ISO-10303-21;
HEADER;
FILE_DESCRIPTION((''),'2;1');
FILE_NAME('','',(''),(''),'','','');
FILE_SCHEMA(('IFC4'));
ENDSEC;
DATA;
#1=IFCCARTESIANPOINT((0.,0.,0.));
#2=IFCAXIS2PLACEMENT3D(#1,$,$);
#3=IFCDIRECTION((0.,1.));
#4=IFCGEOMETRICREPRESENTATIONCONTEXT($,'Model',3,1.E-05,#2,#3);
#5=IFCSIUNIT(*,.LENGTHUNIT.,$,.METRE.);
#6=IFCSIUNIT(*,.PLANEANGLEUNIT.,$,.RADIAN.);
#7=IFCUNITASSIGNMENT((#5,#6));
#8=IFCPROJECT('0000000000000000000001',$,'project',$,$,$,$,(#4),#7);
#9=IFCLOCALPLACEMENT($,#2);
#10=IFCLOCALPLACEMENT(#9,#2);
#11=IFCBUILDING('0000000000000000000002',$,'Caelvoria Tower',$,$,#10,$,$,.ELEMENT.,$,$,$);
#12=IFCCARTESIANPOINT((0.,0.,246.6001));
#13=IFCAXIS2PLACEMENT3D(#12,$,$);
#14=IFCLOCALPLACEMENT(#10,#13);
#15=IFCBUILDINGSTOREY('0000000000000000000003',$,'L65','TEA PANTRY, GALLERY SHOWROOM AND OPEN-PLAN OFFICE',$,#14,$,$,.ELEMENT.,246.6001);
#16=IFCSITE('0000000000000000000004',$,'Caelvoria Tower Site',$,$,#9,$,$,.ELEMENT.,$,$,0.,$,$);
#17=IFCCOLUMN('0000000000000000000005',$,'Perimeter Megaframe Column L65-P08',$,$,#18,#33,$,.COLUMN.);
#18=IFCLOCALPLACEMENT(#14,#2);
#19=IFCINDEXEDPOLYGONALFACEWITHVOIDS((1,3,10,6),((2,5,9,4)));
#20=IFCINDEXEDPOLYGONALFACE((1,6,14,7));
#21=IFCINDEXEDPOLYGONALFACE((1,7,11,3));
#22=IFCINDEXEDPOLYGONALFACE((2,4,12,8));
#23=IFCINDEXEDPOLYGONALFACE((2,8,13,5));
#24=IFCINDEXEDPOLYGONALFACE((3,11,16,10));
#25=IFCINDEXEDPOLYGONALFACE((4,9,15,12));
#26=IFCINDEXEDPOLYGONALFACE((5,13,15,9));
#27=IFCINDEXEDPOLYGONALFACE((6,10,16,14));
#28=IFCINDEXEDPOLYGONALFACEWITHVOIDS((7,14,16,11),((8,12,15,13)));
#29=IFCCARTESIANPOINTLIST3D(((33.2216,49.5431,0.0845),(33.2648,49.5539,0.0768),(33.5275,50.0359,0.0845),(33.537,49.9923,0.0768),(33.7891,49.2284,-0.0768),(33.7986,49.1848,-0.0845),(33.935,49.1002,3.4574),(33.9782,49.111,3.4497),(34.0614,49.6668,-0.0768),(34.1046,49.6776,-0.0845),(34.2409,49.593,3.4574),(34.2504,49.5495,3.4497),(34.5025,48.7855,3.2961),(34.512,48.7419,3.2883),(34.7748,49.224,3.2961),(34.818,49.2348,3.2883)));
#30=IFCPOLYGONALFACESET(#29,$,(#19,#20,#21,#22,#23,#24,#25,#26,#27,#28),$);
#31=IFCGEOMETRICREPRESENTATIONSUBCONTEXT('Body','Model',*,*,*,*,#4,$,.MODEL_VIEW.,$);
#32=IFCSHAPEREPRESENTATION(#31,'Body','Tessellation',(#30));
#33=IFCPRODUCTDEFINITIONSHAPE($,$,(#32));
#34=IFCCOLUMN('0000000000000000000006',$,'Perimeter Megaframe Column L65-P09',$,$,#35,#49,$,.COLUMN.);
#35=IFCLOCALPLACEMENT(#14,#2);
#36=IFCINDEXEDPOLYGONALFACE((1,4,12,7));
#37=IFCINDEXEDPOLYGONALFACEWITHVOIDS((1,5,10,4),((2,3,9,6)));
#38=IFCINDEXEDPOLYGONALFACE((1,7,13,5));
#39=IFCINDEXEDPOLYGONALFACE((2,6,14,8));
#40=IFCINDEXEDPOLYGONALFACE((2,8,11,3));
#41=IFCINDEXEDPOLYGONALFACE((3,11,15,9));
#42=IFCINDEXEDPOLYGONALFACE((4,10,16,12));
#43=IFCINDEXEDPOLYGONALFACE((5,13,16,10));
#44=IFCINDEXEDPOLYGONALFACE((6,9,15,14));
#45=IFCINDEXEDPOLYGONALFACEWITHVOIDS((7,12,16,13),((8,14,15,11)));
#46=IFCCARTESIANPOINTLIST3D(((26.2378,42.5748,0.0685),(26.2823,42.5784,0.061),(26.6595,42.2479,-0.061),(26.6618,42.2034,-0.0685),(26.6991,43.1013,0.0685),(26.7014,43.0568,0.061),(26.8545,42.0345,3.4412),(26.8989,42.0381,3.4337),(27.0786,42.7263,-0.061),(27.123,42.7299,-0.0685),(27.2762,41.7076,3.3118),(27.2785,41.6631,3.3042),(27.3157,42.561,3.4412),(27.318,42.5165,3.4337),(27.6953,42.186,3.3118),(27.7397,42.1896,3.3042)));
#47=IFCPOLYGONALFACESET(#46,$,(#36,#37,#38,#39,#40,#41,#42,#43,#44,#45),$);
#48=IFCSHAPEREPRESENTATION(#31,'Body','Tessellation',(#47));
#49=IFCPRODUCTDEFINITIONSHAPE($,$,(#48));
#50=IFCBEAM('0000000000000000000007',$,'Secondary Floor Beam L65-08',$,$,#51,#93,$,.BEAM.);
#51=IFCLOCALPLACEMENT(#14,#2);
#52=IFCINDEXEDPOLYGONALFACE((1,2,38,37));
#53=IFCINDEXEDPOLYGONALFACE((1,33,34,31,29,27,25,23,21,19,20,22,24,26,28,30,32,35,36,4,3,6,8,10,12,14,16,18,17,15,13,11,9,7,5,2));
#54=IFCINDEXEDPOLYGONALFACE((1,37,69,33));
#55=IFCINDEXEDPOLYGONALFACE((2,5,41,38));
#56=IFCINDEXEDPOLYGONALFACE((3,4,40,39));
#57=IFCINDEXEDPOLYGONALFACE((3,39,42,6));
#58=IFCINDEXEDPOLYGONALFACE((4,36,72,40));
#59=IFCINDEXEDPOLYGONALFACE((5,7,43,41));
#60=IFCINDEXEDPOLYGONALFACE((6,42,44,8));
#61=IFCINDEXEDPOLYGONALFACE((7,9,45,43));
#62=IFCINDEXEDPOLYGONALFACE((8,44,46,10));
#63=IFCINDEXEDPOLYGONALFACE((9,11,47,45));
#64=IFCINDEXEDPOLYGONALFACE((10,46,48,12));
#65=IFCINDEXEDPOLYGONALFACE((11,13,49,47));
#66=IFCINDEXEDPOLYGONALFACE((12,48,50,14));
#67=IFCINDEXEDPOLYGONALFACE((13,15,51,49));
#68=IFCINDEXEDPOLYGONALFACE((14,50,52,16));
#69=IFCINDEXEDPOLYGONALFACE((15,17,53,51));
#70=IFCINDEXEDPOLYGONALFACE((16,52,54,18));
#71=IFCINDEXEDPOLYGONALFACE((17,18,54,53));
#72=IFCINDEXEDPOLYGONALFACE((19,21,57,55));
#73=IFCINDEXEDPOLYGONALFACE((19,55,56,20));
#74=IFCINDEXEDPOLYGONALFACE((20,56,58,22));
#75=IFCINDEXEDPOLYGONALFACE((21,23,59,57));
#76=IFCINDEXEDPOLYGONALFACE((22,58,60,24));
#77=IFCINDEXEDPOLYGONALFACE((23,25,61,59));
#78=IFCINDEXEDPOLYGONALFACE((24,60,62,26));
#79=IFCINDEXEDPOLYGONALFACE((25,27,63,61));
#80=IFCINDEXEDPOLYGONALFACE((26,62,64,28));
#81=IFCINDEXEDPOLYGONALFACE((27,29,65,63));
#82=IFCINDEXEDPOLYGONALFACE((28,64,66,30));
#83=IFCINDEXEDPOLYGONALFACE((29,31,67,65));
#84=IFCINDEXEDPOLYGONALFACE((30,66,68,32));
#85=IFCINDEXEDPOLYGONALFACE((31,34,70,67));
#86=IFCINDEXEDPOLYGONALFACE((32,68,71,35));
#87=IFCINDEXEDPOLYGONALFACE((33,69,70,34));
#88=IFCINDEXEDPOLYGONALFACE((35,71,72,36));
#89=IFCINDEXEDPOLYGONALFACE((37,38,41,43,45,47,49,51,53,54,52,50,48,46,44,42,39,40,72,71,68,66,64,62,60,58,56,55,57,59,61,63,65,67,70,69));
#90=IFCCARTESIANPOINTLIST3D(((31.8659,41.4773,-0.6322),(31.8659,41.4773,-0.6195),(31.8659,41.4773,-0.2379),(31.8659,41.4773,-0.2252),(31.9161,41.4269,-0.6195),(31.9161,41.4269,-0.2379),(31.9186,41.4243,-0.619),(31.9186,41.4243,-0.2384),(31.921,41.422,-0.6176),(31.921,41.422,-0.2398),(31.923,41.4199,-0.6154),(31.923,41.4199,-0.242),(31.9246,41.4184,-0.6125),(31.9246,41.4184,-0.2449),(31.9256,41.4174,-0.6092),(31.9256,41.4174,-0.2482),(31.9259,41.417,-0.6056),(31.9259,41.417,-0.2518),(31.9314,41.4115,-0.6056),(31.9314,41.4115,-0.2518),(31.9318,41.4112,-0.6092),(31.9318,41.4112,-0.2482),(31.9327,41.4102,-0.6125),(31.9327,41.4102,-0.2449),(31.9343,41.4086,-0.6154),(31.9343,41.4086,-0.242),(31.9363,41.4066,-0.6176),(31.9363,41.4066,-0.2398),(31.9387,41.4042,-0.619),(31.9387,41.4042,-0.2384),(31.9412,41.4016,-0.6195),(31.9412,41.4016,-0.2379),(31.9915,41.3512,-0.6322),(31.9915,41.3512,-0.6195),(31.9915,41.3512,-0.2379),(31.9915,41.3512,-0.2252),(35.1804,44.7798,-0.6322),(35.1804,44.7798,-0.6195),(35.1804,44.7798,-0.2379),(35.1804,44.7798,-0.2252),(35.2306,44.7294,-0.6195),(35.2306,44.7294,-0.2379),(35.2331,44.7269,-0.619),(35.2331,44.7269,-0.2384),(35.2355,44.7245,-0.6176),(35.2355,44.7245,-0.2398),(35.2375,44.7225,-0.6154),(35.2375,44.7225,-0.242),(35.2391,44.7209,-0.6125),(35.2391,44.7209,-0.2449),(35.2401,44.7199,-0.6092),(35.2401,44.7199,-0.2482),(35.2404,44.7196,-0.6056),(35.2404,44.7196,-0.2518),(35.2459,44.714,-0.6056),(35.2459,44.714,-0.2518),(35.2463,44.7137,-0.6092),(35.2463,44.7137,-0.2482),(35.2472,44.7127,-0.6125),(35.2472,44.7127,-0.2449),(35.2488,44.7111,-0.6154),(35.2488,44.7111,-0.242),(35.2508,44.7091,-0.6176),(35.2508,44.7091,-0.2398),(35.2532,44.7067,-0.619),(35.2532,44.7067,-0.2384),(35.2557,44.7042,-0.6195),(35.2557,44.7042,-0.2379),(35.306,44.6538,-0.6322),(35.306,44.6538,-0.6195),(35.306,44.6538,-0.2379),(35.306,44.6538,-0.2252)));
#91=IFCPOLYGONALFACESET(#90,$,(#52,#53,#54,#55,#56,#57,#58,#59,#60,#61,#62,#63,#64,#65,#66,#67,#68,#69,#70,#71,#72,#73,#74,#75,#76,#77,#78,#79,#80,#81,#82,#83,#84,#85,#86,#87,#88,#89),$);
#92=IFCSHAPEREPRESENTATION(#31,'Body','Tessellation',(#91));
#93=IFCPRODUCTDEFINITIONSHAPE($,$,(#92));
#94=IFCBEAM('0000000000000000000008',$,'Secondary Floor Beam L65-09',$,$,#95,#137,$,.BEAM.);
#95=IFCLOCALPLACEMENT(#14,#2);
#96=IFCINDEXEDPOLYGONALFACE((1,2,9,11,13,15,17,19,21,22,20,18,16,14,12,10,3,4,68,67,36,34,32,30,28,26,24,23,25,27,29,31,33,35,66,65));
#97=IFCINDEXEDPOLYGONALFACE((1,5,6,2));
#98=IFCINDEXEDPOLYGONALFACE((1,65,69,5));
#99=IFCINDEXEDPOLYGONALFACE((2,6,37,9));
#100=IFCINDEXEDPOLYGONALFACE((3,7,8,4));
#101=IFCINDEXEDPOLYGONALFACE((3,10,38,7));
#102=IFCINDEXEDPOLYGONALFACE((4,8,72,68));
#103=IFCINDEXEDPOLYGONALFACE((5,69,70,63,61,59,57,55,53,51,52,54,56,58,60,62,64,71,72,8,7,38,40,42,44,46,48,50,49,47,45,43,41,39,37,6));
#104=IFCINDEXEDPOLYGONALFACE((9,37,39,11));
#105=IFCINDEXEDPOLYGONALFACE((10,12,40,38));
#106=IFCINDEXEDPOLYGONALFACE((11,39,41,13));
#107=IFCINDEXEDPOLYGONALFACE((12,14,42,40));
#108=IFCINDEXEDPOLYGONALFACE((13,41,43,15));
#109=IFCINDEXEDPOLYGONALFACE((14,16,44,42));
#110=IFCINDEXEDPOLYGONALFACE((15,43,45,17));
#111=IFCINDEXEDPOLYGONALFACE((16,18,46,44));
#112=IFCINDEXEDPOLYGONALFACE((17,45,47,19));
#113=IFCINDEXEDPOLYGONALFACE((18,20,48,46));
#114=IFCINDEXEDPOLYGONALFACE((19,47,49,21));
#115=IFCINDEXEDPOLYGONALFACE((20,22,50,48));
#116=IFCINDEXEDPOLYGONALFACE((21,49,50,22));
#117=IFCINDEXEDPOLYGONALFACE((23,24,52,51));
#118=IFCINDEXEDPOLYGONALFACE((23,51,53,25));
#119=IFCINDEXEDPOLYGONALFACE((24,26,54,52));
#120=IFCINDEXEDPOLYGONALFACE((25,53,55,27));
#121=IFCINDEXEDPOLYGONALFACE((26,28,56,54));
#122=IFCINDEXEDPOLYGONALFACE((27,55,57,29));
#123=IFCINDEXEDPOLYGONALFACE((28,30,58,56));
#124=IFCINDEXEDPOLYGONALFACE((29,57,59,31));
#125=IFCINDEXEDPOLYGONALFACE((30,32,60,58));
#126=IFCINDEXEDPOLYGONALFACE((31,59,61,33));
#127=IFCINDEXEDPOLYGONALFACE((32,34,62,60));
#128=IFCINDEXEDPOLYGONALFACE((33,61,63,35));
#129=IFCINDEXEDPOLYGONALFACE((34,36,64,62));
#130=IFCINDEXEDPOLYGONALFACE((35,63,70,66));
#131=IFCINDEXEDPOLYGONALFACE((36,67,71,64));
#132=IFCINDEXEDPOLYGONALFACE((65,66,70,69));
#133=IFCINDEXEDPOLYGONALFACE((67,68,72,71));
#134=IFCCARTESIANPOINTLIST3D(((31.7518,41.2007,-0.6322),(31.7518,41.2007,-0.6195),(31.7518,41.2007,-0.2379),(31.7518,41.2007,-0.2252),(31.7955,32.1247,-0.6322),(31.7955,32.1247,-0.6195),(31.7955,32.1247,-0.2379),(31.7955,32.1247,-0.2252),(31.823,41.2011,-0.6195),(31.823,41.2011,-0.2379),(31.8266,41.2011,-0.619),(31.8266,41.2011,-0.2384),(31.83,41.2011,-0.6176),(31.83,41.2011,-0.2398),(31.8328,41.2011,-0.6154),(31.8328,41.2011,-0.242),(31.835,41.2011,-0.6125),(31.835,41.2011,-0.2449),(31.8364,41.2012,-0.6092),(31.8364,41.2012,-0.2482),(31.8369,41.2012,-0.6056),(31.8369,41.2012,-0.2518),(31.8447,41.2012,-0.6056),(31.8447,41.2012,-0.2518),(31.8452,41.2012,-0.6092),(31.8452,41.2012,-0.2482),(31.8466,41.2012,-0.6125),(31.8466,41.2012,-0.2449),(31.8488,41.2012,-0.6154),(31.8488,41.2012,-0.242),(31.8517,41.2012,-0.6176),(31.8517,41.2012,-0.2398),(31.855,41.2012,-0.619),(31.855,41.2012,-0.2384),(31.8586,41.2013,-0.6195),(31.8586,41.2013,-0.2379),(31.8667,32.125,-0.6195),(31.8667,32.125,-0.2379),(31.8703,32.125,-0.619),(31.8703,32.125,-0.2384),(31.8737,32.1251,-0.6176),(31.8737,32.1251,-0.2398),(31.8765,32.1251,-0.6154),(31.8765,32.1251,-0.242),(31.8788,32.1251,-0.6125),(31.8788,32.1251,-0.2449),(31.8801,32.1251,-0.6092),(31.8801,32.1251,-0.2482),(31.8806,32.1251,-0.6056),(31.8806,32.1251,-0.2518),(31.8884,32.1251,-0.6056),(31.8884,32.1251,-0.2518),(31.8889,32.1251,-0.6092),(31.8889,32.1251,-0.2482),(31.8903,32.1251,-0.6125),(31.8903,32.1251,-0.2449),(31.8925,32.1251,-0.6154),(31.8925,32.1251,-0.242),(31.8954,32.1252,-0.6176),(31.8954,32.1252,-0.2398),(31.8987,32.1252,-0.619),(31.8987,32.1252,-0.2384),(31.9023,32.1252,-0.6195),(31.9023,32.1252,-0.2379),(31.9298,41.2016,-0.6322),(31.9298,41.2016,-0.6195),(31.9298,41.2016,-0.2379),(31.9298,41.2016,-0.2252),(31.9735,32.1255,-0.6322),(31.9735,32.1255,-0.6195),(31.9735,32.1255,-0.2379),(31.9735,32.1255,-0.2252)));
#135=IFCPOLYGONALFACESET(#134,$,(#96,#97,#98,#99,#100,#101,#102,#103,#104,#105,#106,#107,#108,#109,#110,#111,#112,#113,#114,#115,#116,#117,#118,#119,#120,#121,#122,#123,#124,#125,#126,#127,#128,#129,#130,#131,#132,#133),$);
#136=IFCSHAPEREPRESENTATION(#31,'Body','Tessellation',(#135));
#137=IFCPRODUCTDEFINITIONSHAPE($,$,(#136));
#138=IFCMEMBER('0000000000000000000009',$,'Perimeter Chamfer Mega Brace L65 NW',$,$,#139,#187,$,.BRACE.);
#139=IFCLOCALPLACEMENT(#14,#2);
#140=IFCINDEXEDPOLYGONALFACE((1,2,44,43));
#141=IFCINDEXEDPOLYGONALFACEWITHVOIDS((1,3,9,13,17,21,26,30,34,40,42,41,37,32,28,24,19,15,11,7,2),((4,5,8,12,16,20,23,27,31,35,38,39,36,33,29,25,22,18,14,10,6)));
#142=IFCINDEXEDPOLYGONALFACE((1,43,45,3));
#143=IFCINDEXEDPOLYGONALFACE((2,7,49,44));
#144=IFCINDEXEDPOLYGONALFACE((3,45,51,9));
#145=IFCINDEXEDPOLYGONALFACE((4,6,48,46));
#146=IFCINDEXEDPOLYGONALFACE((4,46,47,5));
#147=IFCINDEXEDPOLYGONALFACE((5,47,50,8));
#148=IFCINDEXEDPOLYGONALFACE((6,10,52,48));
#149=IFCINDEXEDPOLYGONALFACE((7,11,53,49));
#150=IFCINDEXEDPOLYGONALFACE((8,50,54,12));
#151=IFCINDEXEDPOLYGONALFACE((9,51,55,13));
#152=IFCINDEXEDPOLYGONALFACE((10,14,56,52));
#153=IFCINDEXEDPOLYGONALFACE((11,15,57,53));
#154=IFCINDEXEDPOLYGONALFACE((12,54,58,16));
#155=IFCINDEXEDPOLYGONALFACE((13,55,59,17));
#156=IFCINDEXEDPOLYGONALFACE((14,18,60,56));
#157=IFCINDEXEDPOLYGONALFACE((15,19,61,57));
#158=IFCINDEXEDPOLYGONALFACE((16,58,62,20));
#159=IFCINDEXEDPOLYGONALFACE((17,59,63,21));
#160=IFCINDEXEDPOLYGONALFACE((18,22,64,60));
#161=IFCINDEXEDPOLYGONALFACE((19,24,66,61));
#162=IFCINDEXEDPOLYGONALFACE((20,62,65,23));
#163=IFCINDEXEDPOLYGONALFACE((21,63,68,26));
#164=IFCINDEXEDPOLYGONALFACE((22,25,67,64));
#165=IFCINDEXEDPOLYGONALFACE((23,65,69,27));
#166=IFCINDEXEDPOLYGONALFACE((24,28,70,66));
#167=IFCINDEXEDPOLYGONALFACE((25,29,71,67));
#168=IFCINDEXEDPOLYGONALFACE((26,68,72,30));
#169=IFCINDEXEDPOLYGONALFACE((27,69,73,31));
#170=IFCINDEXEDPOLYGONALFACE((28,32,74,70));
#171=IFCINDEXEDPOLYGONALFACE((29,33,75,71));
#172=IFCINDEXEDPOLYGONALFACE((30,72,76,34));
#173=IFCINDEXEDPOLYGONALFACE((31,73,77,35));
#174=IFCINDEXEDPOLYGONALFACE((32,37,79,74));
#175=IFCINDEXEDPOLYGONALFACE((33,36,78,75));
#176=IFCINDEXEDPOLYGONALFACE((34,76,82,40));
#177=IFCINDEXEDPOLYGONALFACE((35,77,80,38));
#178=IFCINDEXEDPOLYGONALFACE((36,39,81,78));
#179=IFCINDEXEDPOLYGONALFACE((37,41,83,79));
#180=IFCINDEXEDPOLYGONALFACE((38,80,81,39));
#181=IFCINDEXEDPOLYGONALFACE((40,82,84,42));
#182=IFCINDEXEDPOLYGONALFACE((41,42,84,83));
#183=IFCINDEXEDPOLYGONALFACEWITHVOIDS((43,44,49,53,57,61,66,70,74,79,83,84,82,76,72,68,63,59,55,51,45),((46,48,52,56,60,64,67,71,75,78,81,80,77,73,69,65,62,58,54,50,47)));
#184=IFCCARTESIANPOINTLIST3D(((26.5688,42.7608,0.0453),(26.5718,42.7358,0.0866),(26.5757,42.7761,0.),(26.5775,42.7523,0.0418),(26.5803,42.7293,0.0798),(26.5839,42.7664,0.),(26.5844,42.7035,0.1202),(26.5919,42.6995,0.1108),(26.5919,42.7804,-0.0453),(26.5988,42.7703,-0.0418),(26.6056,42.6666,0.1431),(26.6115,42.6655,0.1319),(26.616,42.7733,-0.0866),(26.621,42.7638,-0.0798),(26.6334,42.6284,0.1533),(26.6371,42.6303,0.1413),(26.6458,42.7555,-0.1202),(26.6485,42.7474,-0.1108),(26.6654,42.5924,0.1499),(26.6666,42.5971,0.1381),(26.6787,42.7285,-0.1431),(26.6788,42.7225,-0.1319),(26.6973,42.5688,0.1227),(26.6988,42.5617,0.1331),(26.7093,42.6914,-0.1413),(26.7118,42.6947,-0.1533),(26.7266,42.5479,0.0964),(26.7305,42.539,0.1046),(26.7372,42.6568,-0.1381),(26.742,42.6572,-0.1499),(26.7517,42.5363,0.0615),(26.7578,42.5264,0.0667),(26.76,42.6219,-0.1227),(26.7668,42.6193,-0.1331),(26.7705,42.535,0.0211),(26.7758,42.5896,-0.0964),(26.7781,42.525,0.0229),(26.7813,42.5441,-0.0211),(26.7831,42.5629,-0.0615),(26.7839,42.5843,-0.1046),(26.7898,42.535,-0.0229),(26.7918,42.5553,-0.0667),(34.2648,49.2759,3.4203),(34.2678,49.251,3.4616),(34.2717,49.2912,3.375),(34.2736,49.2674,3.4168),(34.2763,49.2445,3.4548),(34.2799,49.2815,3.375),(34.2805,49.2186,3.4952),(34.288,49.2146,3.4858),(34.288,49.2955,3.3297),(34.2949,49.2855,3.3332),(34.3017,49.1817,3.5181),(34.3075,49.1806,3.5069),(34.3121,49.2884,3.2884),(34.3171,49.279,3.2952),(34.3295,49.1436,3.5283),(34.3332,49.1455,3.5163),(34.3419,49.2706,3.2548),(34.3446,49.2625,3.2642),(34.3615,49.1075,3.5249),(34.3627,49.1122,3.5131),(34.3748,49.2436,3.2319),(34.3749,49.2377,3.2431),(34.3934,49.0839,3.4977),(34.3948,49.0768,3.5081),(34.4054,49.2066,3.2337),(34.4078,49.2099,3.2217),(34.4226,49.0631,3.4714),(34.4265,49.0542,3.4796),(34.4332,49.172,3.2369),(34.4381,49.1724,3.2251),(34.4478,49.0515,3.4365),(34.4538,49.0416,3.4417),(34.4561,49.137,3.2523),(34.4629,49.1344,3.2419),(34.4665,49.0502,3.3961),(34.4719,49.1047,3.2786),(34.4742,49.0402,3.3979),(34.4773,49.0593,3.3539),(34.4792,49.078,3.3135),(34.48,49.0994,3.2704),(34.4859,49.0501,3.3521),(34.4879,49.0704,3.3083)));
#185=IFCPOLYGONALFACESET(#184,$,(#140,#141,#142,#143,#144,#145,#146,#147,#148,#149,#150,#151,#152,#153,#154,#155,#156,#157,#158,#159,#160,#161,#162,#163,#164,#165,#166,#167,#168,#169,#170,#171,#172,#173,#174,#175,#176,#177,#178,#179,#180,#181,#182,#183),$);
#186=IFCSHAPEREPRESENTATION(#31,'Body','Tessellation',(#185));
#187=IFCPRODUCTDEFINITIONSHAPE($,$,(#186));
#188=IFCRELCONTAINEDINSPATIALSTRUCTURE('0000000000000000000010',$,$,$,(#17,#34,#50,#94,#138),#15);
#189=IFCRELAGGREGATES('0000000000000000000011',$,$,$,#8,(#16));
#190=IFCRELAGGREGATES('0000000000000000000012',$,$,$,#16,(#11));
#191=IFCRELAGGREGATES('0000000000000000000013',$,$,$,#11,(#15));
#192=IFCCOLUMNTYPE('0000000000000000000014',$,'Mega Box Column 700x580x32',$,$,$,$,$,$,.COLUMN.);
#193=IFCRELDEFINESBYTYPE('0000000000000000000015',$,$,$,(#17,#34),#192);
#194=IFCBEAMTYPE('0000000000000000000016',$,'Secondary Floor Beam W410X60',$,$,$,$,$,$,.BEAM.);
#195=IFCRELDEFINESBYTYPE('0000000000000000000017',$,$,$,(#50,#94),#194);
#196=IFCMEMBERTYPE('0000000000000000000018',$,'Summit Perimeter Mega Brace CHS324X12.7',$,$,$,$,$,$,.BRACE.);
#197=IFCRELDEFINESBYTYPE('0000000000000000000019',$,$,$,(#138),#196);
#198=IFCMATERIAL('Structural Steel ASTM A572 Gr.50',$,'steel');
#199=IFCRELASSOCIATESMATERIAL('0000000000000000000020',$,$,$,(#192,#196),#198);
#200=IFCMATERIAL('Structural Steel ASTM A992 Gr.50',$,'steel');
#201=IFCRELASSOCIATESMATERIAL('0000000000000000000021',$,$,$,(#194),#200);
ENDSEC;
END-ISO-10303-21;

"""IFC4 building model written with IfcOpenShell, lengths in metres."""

from ifc_helpers import new_model, si_unit, direction, frame, origin, origin_2d, place, context, subcontext, project, spatial, hollow_rectangle, hollow_circle, i_section, extrude, material, material_profile, profile_set, type_object, element, save


model = new_model("IFC4")

# Units and contexts
model_context = context("Model", 3, precision=1e-05, world=origin(), true_north=direction((0.0, 1.0)))
body_context = subcontext(model_context, "Body", "Model", "MODEL_VIEW")
ifc_project = project(units=[si_unit("LENGTHUNIT", "METRE"), si_unit("PLANEANGLEUNIT", "RADIAN")], contexts=[model_context])

# Site, building, storey
site_placement = place(None, origin())
site = spatial("IfcSite", under=ifc_project, at=site_placement, Name="Caelvoria Tower Site", CompositionType="ELEMENT", RefElevation=0.0)
building_placement = place(site_placement, origin())
building = spatial("IfcBuilding", under=site, at=building_placement, Name="Caelvoria Tower", CompositionType="ELEMENT")
storey_placement = place(building_placement, frame((0.0, 0.0, 246.6001)))
storey = spatial("IfcBuildingStorey", under=building, at=storey_placement, Name="L65", Description="TEA PANTRY, GALLERY SHOWROOM AND OPEN-PLAN OFFICE", CompositionType="ELEMENT", Elevation=246.6001)

# Columns
ifc_material_1 = material(Name="Structural Steel ASTM A572 Gr.50", Category="steel")
ifc_material_profile_1 = material_profile(ifc_material_1, hollow_rectangle(XDim=0.5801, YDim=0.7, WallThickness=0.032, at=origin_2d()), Name="Structural Steel ASTM A572 Gr.50")
ifc_profile_set_1 = profile_set([ifc_material_profile_1], Name="BOX700X580X32 - Structural Steel ASTM A572 Gr.50")
column_type = type_object("IfcColumnType", Name="Mega Box Column 700x580x32", PredefinedType="COLUMN", material=ifc_profile_set_1)
column_1_placement = place(storey_placement, frame((33.6631, 49.6104, 0.0), z_axis=(0.205245, -0.127417, 0.970381), x_axis=(0.527435, 0.849595, 0.0)))
element("IfcColumn", 1, at=column_1_placement, inside=storey, type_object=column_type, Name="Perimeter Megaframe Column L65-P08", PredefinedType="COLUMN", context=body_context, shape_type="SweptSolid", body=[
    extrude(hollow_rectangle(XDim=0.5801, YDim=0.7, WallThickness=0.032, at=origin_2d()), origin(), (0.0, 0.0, 1.0), 3.4758),
])
column_2_placement = place(storey_placement, frame((26.6804, 42.6523, 0.0), z_axis=(0.177671, -0.155655, 0.971702), x_axis=(-0.730886, 0.640321, 0.23621)))
element("IfcColumn", 2, at=column_2_placement, inside=storey, type_object=column_type, Name="Perimeter Megaframe Column L65-P09", PredefinedType="COLUMN", context=body_context, shape_type="SweptSolid", body=[
    extrude(hollow_rectangle(XDim=0.5801, YDim=0.7, WallThickness=0.032, at=origin_2d()), origin(), (0.0, 0.0, 1.0), 3.4709),
])

# Beams
ifc_material_2 = material(Name="Structural Steel ASTM A992 Gr.50", Category="steel")
ifc_material_profile_2 = material_profile(ifc_material_2, i_section(OverallWidth=0.178, OverallDepth=0.407, WebThickness=0.0078, FlangeThickness=0.0127, FilletRadius=0.0139, at=origin_2d()), Name="Structural Steel ASTM A992 Gr.50")
ifc_profile_set_2 = profile_set([ifc_material_profile_2], Name="W410X60 - Structural Steel ASTM A992 Gr.50")
beam_type_1 = type_object("IfcBeamType", Name="Secondary Floor Beam W410X60", PredefinedType="BEAM", material=ifc_profile_set_2)
beam_1_placement = place(storey_placement, frame((35.2432, 44.7168, -0.4287), z_axis=(-0.708384, -0.705827, 0.0), x_axis=(0.705827, -0.708384, 0.0)))
element("IfcBeam", 3, at=beam_1_placement, inside=storey, type_object=beam_type_1, Name="Secondary Floor Beam L65-08", PredefinedType="BEAM", context=body_context, shape_type="SweptSolid", body=[
    extrude(i_section(OverallWidth=0.178, OverallDepth=0.407, WebThickness=0.0078, FlangeThickness=0.0127, FilletRadius=0.0139, at=origin_2d()), origin(), (0.0, 0.0, 1.0), 4.679),
])
beam_2_placement = place(storey_placement, frame((31.8408, 41.2012, -0.4287), z_axis=(0.004815, -0.999988, 0.0), x_axis=(0.999988, 0.004815, 0.0)))
element("IfcBeam", 4, at=beam_2_placement, inside=storey, type_object=beam_type_1, Name="Secondary Floor Beam L65-09", PredefinedType="BEAM", context=body_context, shape_type="SweptSolid", body=[
    extrude(i_section(OverallWidth=0.178, OverallDepth=0.407, WebThickness=0.0078, FlangeThickness=0.0127, FilletRadius=0.0139, at=origin_2d()), origin(), (0.0, 0.0, 1.0), 9.0762),
])

# Member
ifc_material_profile_3 = material_profile(ifc_material_1, hollow_circle(Radius=0.1621, WallThickness=0.0127, at=origin_2d()), Name="Structural Steel ASTM A572 Gr.50")
ifc_profile_set_3 = profile_set([ifc_material_profile_3], Name="CHS324X12.7 - Structural Steel ASTM A572 Gr.50")
member_type = type_object("IfcMemberType", Name="Summit Perimeter Mega Brace CHS324X12.7", PredefinedType="BRACE", material=ifc_profile_set_3)
member_placement = place(storey_placement, frame((26.6804, 42.6523, 0.0), z_axis=(0.723769, 0.612712, 0.3174), x_axis=(-0.646121, 0.763235, 0.0)))
element("IfcMember", 5, at=member_placement, inside=storey, type_object=member_type, Name="Perimeter Chamfer Mega Brace L65 NW", PredefinedType="BRACE", context=body_context, shape_type="SweptSolid", body=[
    extrude(hollow_circle(Radius=0.1621, WallThickness=0.0127, at=origin_2d()), origin(), (0.0, 0.0, 1.0), 10.6333),
])

save(model, "model.ifc")
